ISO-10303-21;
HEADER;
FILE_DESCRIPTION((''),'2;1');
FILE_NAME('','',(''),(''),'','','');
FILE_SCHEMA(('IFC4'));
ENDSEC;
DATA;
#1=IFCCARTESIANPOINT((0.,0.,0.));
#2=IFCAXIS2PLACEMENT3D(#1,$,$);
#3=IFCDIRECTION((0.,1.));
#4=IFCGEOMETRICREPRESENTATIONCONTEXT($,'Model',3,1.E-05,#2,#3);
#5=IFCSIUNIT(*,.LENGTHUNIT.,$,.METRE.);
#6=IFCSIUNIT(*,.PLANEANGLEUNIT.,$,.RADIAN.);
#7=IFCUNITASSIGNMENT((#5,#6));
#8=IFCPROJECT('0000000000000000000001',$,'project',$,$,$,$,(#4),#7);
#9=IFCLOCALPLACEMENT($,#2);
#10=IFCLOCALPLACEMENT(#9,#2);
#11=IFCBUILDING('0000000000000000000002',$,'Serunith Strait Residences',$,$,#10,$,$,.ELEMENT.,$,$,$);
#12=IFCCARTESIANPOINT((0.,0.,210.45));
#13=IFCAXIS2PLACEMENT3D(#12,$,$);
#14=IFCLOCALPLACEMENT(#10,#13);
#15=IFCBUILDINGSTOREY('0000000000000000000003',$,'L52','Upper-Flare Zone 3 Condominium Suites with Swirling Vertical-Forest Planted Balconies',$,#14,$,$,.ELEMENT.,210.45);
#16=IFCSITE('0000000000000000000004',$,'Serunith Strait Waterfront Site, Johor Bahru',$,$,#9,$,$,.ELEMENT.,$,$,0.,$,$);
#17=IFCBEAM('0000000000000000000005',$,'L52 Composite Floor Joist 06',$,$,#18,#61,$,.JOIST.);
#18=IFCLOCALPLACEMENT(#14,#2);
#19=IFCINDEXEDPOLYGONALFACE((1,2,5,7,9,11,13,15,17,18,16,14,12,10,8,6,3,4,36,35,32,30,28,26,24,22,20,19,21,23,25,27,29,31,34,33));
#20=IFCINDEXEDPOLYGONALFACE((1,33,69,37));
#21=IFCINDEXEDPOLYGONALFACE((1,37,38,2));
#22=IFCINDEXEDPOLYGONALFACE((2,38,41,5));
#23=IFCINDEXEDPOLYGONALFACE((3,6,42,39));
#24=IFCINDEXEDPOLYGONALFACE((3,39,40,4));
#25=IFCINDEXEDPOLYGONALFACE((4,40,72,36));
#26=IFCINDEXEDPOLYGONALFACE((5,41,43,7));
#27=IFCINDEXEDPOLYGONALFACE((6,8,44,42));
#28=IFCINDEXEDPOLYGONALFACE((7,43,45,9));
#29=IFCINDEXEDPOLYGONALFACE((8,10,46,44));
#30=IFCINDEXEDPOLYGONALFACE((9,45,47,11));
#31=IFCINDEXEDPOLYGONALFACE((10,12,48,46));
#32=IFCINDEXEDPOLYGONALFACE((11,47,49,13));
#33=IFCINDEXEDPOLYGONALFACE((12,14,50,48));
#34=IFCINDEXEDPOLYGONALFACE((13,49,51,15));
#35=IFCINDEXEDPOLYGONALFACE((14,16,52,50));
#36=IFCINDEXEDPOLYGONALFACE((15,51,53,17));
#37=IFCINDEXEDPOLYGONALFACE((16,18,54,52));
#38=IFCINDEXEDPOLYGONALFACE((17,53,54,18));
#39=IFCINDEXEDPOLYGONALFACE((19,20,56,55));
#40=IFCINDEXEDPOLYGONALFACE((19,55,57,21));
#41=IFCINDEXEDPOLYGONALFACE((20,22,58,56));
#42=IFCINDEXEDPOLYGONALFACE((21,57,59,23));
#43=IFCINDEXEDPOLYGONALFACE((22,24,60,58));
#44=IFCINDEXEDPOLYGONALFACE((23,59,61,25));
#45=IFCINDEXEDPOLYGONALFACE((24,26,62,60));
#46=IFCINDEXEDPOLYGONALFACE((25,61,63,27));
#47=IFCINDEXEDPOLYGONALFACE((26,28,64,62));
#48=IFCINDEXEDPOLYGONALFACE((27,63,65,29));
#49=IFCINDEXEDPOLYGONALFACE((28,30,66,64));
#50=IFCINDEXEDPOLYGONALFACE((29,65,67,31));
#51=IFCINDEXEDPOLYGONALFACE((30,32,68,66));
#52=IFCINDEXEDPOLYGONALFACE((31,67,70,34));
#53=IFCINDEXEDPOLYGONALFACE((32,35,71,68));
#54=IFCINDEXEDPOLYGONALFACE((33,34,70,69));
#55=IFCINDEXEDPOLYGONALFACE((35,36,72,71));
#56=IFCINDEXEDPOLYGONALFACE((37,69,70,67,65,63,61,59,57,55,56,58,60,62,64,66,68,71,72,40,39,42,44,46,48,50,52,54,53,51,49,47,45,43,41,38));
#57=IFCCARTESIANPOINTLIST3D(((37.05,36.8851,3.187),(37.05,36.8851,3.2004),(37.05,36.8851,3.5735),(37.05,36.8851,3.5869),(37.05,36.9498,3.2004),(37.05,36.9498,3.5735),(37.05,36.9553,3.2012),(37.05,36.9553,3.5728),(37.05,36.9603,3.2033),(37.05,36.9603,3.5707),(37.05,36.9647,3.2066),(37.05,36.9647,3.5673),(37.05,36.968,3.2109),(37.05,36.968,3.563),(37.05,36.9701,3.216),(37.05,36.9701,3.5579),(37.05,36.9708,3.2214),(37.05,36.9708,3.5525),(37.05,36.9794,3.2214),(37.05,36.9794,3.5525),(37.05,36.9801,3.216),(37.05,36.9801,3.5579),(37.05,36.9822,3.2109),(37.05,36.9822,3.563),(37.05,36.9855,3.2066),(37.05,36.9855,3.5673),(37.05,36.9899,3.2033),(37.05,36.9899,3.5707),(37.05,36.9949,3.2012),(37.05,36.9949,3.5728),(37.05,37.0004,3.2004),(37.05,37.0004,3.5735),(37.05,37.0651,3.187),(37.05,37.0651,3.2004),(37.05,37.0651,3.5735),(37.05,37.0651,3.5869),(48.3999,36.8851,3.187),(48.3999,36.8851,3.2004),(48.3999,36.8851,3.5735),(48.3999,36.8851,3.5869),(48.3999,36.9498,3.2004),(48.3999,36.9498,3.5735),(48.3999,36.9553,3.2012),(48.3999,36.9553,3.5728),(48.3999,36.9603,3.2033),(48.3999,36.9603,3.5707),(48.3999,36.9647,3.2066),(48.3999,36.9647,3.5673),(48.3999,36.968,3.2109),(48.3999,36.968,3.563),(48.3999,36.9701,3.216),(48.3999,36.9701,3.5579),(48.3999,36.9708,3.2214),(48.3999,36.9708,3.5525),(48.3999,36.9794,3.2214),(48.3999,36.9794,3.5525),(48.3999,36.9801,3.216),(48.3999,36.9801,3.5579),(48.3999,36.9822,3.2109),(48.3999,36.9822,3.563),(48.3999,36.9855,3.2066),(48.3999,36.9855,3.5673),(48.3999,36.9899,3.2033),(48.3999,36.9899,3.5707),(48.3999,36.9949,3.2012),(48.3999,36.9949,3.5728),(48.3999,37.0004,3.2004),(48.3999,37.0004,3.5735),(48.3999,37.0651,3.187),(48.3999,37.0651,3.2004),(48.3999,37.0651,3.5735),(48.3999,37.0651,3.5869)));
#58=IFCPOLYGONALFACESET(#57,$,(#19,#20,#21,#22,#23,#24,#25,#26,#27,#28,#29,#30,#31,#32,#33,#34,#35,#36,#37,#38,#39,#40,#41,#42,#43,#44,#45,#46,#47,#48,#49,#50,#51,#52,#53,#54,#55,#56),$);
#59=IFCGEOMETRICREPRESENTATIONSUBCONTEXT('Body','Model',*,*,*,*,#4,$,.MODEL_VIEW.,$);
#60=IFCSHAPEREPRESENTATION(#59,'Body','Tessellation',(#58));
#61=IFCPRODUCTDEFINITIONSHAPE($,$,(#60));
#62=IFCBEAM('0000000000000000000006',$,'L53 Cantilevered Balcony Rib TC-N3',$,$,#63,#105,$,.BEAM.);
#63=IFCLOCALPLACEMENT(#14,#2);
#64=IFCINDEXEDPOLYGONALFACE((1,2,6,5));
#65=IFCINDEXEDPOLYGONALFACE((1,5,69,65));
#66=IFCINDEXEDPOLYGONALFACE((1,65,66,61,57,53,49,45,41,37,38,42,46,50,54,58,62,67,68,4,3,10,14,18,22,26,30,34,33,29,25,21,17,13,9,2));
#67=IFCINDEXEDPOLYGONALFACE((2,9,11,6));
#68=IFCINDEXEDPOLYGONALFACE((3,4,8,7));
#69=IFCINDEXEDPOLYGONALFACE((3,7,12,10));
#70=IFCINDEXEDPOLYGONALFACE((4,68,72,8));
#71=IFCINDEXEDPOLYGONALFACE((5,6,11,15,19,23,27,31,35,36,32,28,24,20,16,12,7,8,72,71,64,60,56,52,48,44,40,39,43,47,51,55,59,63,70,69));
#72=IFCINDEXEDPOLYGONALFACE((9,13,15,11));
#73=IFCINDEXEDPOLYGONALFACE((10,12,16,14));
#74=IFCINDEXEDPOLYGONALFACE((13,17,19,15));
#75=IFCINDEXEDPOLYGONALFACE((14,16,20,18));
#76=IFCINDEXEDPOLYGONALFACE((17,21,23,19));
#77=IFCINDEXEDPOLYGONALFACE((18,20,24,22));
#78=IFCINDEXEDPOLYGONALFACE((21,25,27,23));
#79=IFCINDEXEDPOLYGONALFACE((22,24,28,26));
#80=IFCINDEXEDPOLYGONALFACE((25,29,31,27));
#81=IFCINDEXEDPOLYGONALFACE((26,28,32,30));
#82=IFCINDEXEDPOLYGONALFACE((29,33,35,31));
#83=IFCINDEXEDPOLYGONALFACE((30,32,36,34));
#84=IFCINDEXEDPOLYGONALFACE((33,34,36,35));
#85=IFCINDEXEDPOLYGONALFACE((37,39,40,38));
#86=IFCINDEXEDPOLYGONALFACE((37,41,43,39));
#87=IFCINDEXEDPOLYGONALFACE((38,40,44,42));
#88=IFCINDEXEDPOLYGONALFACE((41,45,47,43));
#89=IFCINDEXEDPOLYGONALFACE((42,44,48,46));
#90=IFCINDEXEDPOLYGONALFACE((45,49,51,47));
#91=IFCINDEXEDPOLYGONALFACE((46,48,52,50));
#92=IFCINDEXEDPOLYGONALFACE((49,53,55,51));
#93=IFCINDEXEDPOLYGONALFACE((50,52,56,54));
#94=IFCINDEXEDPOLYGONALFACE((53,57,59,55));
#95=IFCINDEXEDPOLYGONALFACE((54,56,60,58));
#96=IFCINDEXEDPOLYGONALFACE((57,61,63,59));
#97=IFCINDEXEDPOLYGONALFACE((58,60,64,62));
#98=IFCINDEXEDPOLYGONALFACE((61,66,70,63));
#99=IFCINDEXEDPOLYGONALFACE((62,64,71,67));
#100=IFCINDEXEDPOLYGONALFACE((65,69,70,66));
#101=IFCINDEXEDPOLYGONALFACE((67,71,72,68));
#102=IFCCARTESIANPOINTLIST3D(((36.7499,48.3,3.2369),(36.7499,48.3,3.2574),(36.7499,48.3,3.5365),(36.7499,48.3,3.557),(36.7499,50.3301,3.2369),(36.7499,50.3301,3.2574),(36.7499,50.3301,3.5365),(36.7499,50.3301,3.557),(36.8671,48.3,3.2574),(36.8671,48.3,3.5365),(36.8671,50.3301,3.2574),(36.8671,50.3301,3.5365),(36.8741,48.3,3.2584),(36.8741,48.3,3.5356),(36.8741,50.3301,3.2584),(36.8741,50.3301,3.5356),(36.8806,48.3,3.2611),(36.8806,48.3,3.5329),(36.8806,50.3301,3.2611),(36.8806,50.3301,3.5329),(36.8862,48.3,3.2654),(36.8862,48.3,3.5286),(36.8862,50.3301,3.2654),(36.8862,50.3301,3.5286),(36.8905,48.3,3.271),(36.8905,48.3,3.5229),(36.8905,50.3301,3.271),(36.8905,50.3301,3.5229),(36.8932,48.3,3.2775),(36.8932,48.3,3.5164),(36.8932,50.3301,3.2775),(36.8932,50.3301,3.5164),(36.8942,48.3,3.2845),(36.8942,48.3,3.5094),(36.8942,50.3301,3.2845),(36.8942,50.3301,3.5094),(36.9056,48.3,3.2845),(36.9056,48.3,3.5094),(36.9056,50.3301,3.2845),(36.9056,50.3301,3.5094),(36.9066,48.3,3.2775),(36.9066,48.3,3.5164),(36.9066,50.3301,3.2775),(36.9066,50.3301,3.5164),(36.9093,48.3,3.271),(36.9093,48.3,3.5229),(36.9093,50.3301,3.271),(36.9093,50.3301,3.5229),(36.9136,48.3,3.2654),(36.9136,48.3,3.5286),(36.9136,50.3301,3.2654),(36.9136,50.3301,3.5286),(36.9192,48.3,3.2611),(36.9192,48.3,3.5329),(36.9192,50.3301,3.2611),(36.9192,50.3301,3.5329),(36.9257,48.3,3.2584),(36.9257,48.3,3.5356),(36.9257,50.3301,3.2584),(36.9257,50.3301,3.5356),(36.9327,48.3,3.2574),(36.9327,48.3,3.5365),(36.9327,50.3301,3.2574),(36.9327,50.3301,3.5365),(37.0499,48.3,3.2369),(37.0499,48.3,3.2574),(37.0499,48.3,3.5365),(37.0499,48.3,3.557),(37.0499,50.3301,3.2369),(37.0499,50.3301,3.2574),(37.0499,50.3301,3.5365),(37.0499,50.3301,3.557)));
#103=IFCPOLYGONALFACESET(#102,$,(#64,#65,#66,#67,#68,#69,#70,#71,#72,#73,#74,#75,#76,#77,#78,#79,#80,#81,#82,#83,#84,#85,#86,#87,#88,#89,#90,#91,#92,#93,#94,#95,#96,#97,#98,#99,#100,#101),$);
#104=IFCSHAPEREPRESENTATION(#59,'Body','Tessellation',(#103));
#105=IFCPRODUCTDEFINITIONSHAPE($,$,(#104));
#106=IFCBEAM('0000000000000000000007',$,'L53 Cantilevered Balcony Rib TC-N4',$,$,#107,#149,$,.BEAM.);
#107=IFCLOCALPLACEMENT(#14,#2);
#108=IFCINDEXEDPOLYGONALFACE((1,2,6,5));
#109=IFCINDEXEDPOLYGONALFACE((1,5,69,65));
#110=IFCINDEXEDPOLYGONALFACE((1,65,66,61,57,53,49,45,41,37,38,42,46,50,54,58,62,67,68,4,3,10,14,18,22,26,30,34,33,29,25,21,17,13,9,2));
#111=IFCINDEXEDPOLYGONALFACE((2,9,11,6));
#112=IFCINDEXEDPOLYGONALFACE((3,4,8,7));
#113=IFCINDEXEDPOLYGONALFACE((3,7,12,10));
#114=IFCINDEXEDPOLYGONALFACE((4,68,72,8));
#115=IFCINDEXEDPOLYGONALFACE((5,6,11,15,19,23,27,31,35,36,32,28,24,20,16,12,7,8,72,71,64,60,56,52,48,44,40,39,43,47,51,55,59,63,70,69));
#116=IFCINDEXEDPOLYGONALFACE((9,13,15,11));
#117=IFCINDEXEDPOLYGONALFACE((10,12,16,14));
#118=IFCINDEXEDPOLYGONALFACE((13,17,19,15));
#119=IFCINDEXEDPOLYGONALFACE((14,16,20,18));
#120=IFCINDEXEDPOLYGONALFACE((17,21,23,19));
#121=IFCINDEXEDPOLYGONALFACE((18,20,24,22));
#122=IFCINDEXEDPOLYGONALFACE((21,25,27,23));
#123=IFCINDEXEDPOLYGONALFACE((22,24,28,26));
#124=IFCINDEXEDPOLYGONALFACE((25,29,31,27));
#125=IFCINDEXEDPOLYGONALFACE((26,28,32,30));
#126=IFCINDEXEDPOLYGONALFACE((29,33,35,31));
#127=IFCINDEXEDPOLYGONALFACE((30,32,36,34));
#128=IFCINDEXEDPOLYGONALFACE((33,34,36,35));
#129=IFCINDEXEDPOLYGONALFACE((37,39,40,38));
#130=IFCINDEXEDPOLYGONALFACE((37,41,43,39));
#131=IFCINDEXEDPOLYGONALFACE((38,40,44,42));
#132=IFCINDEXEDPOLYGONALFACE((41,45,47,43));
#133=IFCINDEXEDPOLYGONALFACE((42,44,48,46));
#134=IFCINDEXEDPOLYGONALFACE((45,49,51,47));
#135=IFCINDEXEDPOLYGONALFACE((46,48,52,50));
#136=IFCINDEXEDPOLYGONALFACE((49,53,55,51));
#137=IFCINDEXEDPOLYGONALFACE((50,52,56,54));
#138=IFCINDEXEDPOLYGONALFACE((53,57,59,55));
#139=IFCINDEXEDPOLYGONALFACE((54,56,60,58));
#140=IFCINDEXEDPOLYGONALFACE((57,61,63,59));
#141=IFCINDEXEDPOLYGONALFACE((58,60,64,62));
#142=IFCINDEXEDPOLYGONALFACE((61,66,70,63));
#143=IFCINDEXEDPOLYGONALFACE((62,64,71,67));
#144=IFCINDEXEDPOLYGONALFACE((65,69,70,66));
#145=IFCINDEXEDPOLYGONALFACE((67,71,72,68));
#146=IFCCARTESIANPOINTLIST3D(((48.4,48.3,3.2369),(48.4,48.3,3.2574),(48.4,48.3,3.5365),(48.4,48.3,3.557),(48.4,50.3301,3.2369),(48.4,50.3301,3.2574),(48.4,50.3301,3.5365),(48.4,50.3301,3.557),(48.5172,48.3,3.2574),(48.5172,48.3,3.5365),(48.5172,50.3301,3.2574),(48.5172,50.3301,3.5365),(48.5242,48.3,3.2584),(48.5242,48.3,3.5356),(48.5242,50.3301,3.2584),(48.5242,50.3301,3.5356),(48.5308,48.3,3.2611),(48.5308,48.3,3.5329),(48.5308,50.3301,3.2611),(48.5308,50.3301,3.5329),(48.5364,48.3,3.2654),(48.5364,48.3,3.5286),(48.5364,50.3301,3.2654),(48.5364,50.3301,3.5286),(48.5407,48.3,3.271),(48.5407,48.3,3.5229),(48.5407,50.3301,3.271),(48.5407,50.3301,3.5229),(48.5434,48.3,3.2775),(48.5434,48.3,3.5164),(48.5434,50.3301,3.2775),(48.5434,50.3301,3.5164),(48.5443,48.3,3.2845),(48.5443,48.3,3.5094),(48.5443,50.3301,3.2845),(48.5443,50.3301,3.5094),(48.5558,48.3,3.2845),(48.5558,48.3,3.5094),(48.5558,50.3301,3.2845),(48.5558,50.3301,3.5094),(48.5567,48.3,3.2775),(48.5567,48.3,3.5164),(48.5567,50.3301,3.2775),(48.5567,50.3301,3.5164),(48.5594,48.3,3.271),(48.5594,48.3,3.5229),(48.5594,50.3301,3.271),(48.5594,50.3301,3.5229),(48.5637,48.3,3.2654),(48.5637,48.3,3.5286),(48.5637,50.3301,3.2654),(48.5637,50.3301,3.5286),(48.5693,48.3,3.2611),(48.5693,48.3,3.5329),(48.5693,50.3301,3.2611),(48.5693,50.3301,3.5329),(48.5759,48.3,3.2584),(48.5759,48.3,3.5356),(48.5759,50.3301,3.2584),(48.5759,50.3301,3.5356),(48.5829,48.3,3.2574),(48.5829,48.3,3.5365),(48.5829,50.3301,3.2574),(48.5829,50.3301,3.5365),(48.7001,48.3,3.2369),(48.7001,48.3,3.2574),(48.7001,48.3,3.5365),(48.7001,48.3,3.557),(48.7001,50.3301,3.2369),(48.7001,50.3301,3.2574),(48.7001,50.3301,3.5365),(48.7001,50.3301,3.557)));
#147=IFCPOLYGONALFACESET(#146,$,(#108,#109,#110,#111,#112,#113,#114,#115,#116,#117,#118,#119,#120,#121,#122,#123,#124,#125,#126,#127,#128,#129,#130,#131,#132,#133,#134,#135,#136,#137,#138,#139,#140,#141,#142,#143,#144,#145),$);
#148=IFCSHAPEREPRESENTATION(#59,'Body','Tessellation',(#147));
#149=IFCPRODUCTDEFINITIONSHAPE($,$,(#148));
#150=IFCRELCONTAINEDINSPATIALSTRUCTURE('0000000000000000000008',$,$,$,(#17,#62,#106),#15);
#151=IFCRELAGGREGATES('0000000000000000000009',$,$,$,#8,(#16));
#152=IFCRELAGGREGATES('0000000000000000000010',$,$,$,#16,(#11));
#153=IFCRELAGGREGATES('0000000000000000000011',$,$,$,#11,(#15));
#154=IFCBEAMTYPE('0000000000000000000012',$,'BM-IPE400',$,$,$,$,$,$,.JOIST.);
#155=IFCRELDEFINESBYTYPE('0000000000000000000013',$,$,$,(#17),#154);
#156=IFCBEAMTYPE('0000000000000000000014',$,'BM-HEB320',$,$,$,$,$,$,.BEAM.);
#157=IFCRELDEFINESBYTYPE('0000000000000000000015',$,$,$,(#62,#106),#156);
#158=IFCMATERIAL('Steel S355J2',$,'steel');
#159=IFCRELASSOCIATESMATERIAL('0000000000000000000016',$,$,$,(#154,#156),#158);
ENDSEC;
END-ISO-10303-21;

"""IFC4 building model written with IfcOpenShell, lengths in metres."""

from ifc_helpers import new_model, si_unit, direction, frame, origin, origin_2d, place, context, subcontext, project, spatial, i_section, extrude, source, transform, mapped, material, material_profile, profile_set, type_object, element, save


model = new_model("IFC4")

# Units and contexts
model_context = context("Model", 3, precision=1e-05, world=origin(), true_north=direction((0.0, 1.0)))
body_context = subcontext(model_context, "Body", "Model", "MODEL_VIEW")
ifc_project = project(units=[si_unit("LENGTHUNIT", "METRE"), si_unit("PLANEANGLEUNIT", "RADIAN")], contexts=[model_context])

# Site, building, storey
site_placement = place(None, origin())
site = spatial("IfcSite", under=ifc_project, at=site_placement, Name="Serunith Strait Waterfront Site, Johor Bahru", CompositionType="ELEMENT", RefElevation=0.0)
building_placement = place(site_placement, origin())
building = spatial("IfcBuilding", under=site, at=building_placement, Name="Serunith Strait Residences", CompositionType="ELEMENT")
storey_placement = place(building_placement, frame((0.0, 0.0, 210.45)))
storey = spatial("IfcBuildingStorey", under=building, at=storey_placement, Name="L52", Description="Upper-Flare Zone 3 Condominium Suites with Swirling Vertical-Forest Planted Balconies", CompositionType="ELEMENT", Elevation=210.45)

# Beams
ifc_material_1 = material(Name="Steel S355J2", Category="steel")
ifc_material_profile_1 = material_profile(ifc_material_1, i_section(OverallWidth=0.1799, OverallDepth=0.3999, WebThickness=0.0085, FlangeThickness=0.0134, FilletRadius=0.021, at=origin_2d()), Name="IPE 400")
ifc_profile_set_1 = profile_set([ifc_material_profile_1], Name="Steel S355J2")
beam_type_1 = type_object("IfcBeamType", Name="BM-IPE400", PredefinedType="JOIST", material=ifc_profile_set_1)
shared_shape_1 = source(origin(), body_context, "Body", "SweptSolid", [
    extrude(i_section(OverallWidth=0.1799, OverallDepth=0.3999, WebThickness=0.0085, FlangeThickness=0.0134, FilletRadius=0.021, at=origin_2d()), origin(), (0.0, 0.0, 1.0), 11.3499),
])
beam_1_placement = place(storey_placement, frame((37.05, 36.9751, 3.387), z_axis=(1.0, 0.0, 0.0), x_axis=(0.0, 1.0, 0.0)))
element("IfcBeam", 1, at=beam_1_placement, inside=storey, type_object=beam_type_1, Name="L52 Composite Floor Joist 06", PredefinedType="JOIST", context=body_context, shape_type="MappedRepresentation", body=[
    mapped(shared_shape_1, transform((0.0, 0.0, 0.0), scale=1.0)),
])
ifc_material_profile_2 = material_profile(ifc_material_1, i_section(OverallWidth=0.3, OverallDepth=0.3201, WebThickness=0.0115, FlangeThickness=0.0205, FilletRadius=0.0271, at=origin_2d()), Name="HEB 320")
ifc_profile_set_2 = profile_set([ifc_material_profile_2], Name="Steel S355J2")
beam_type_2 = type_object("IfcBeamType", Name="BM-HEB320", PredefinedType="BEAM", material=ifc_profile_set_2)
shared_shape_2 = source(origin(), body_context, "Body", "SweptSolid", [
    extrude(i_section(OverallWidth=0.3, OverallDepth=0.3201, WebThickness=0.0115, FlangeThickness=0.0205, FilletRadius=0.0271, at=origin_2d()), origin(), (0.0, 0.0, 1.0), 2.03),
])
for number, where, z_axis, x_axis, name in (
    (2, (36.8999, 48.3, 3.397), (0.0, 1.0, 0.0), (-1.0, 0.0, 0.0), "L53 Cantilevered Balcony Rib TC-N3"),
    (3, (48.55, 48.3, 3.397), (0.0, 1.0, 0.0), (-1.0, 0.0, 0.0), "L53 Cantilevered Balcony Rib TC-N4"),
):
    element("IfcBeam", number, at=place(storey_placement, frame(where, z_axis=z_axis, x_axis=x_axis)), inside=storey, type_object=beam_type_2, Name=name, PredefinedType="BEAM", context=body_context, shape_type="MappedRepresentation", body=[
        mapped(shared_shape_2, transform((0.0, 0.0, 0.0), scale=1.0)),
    ])

save(model, "model.ifc")
